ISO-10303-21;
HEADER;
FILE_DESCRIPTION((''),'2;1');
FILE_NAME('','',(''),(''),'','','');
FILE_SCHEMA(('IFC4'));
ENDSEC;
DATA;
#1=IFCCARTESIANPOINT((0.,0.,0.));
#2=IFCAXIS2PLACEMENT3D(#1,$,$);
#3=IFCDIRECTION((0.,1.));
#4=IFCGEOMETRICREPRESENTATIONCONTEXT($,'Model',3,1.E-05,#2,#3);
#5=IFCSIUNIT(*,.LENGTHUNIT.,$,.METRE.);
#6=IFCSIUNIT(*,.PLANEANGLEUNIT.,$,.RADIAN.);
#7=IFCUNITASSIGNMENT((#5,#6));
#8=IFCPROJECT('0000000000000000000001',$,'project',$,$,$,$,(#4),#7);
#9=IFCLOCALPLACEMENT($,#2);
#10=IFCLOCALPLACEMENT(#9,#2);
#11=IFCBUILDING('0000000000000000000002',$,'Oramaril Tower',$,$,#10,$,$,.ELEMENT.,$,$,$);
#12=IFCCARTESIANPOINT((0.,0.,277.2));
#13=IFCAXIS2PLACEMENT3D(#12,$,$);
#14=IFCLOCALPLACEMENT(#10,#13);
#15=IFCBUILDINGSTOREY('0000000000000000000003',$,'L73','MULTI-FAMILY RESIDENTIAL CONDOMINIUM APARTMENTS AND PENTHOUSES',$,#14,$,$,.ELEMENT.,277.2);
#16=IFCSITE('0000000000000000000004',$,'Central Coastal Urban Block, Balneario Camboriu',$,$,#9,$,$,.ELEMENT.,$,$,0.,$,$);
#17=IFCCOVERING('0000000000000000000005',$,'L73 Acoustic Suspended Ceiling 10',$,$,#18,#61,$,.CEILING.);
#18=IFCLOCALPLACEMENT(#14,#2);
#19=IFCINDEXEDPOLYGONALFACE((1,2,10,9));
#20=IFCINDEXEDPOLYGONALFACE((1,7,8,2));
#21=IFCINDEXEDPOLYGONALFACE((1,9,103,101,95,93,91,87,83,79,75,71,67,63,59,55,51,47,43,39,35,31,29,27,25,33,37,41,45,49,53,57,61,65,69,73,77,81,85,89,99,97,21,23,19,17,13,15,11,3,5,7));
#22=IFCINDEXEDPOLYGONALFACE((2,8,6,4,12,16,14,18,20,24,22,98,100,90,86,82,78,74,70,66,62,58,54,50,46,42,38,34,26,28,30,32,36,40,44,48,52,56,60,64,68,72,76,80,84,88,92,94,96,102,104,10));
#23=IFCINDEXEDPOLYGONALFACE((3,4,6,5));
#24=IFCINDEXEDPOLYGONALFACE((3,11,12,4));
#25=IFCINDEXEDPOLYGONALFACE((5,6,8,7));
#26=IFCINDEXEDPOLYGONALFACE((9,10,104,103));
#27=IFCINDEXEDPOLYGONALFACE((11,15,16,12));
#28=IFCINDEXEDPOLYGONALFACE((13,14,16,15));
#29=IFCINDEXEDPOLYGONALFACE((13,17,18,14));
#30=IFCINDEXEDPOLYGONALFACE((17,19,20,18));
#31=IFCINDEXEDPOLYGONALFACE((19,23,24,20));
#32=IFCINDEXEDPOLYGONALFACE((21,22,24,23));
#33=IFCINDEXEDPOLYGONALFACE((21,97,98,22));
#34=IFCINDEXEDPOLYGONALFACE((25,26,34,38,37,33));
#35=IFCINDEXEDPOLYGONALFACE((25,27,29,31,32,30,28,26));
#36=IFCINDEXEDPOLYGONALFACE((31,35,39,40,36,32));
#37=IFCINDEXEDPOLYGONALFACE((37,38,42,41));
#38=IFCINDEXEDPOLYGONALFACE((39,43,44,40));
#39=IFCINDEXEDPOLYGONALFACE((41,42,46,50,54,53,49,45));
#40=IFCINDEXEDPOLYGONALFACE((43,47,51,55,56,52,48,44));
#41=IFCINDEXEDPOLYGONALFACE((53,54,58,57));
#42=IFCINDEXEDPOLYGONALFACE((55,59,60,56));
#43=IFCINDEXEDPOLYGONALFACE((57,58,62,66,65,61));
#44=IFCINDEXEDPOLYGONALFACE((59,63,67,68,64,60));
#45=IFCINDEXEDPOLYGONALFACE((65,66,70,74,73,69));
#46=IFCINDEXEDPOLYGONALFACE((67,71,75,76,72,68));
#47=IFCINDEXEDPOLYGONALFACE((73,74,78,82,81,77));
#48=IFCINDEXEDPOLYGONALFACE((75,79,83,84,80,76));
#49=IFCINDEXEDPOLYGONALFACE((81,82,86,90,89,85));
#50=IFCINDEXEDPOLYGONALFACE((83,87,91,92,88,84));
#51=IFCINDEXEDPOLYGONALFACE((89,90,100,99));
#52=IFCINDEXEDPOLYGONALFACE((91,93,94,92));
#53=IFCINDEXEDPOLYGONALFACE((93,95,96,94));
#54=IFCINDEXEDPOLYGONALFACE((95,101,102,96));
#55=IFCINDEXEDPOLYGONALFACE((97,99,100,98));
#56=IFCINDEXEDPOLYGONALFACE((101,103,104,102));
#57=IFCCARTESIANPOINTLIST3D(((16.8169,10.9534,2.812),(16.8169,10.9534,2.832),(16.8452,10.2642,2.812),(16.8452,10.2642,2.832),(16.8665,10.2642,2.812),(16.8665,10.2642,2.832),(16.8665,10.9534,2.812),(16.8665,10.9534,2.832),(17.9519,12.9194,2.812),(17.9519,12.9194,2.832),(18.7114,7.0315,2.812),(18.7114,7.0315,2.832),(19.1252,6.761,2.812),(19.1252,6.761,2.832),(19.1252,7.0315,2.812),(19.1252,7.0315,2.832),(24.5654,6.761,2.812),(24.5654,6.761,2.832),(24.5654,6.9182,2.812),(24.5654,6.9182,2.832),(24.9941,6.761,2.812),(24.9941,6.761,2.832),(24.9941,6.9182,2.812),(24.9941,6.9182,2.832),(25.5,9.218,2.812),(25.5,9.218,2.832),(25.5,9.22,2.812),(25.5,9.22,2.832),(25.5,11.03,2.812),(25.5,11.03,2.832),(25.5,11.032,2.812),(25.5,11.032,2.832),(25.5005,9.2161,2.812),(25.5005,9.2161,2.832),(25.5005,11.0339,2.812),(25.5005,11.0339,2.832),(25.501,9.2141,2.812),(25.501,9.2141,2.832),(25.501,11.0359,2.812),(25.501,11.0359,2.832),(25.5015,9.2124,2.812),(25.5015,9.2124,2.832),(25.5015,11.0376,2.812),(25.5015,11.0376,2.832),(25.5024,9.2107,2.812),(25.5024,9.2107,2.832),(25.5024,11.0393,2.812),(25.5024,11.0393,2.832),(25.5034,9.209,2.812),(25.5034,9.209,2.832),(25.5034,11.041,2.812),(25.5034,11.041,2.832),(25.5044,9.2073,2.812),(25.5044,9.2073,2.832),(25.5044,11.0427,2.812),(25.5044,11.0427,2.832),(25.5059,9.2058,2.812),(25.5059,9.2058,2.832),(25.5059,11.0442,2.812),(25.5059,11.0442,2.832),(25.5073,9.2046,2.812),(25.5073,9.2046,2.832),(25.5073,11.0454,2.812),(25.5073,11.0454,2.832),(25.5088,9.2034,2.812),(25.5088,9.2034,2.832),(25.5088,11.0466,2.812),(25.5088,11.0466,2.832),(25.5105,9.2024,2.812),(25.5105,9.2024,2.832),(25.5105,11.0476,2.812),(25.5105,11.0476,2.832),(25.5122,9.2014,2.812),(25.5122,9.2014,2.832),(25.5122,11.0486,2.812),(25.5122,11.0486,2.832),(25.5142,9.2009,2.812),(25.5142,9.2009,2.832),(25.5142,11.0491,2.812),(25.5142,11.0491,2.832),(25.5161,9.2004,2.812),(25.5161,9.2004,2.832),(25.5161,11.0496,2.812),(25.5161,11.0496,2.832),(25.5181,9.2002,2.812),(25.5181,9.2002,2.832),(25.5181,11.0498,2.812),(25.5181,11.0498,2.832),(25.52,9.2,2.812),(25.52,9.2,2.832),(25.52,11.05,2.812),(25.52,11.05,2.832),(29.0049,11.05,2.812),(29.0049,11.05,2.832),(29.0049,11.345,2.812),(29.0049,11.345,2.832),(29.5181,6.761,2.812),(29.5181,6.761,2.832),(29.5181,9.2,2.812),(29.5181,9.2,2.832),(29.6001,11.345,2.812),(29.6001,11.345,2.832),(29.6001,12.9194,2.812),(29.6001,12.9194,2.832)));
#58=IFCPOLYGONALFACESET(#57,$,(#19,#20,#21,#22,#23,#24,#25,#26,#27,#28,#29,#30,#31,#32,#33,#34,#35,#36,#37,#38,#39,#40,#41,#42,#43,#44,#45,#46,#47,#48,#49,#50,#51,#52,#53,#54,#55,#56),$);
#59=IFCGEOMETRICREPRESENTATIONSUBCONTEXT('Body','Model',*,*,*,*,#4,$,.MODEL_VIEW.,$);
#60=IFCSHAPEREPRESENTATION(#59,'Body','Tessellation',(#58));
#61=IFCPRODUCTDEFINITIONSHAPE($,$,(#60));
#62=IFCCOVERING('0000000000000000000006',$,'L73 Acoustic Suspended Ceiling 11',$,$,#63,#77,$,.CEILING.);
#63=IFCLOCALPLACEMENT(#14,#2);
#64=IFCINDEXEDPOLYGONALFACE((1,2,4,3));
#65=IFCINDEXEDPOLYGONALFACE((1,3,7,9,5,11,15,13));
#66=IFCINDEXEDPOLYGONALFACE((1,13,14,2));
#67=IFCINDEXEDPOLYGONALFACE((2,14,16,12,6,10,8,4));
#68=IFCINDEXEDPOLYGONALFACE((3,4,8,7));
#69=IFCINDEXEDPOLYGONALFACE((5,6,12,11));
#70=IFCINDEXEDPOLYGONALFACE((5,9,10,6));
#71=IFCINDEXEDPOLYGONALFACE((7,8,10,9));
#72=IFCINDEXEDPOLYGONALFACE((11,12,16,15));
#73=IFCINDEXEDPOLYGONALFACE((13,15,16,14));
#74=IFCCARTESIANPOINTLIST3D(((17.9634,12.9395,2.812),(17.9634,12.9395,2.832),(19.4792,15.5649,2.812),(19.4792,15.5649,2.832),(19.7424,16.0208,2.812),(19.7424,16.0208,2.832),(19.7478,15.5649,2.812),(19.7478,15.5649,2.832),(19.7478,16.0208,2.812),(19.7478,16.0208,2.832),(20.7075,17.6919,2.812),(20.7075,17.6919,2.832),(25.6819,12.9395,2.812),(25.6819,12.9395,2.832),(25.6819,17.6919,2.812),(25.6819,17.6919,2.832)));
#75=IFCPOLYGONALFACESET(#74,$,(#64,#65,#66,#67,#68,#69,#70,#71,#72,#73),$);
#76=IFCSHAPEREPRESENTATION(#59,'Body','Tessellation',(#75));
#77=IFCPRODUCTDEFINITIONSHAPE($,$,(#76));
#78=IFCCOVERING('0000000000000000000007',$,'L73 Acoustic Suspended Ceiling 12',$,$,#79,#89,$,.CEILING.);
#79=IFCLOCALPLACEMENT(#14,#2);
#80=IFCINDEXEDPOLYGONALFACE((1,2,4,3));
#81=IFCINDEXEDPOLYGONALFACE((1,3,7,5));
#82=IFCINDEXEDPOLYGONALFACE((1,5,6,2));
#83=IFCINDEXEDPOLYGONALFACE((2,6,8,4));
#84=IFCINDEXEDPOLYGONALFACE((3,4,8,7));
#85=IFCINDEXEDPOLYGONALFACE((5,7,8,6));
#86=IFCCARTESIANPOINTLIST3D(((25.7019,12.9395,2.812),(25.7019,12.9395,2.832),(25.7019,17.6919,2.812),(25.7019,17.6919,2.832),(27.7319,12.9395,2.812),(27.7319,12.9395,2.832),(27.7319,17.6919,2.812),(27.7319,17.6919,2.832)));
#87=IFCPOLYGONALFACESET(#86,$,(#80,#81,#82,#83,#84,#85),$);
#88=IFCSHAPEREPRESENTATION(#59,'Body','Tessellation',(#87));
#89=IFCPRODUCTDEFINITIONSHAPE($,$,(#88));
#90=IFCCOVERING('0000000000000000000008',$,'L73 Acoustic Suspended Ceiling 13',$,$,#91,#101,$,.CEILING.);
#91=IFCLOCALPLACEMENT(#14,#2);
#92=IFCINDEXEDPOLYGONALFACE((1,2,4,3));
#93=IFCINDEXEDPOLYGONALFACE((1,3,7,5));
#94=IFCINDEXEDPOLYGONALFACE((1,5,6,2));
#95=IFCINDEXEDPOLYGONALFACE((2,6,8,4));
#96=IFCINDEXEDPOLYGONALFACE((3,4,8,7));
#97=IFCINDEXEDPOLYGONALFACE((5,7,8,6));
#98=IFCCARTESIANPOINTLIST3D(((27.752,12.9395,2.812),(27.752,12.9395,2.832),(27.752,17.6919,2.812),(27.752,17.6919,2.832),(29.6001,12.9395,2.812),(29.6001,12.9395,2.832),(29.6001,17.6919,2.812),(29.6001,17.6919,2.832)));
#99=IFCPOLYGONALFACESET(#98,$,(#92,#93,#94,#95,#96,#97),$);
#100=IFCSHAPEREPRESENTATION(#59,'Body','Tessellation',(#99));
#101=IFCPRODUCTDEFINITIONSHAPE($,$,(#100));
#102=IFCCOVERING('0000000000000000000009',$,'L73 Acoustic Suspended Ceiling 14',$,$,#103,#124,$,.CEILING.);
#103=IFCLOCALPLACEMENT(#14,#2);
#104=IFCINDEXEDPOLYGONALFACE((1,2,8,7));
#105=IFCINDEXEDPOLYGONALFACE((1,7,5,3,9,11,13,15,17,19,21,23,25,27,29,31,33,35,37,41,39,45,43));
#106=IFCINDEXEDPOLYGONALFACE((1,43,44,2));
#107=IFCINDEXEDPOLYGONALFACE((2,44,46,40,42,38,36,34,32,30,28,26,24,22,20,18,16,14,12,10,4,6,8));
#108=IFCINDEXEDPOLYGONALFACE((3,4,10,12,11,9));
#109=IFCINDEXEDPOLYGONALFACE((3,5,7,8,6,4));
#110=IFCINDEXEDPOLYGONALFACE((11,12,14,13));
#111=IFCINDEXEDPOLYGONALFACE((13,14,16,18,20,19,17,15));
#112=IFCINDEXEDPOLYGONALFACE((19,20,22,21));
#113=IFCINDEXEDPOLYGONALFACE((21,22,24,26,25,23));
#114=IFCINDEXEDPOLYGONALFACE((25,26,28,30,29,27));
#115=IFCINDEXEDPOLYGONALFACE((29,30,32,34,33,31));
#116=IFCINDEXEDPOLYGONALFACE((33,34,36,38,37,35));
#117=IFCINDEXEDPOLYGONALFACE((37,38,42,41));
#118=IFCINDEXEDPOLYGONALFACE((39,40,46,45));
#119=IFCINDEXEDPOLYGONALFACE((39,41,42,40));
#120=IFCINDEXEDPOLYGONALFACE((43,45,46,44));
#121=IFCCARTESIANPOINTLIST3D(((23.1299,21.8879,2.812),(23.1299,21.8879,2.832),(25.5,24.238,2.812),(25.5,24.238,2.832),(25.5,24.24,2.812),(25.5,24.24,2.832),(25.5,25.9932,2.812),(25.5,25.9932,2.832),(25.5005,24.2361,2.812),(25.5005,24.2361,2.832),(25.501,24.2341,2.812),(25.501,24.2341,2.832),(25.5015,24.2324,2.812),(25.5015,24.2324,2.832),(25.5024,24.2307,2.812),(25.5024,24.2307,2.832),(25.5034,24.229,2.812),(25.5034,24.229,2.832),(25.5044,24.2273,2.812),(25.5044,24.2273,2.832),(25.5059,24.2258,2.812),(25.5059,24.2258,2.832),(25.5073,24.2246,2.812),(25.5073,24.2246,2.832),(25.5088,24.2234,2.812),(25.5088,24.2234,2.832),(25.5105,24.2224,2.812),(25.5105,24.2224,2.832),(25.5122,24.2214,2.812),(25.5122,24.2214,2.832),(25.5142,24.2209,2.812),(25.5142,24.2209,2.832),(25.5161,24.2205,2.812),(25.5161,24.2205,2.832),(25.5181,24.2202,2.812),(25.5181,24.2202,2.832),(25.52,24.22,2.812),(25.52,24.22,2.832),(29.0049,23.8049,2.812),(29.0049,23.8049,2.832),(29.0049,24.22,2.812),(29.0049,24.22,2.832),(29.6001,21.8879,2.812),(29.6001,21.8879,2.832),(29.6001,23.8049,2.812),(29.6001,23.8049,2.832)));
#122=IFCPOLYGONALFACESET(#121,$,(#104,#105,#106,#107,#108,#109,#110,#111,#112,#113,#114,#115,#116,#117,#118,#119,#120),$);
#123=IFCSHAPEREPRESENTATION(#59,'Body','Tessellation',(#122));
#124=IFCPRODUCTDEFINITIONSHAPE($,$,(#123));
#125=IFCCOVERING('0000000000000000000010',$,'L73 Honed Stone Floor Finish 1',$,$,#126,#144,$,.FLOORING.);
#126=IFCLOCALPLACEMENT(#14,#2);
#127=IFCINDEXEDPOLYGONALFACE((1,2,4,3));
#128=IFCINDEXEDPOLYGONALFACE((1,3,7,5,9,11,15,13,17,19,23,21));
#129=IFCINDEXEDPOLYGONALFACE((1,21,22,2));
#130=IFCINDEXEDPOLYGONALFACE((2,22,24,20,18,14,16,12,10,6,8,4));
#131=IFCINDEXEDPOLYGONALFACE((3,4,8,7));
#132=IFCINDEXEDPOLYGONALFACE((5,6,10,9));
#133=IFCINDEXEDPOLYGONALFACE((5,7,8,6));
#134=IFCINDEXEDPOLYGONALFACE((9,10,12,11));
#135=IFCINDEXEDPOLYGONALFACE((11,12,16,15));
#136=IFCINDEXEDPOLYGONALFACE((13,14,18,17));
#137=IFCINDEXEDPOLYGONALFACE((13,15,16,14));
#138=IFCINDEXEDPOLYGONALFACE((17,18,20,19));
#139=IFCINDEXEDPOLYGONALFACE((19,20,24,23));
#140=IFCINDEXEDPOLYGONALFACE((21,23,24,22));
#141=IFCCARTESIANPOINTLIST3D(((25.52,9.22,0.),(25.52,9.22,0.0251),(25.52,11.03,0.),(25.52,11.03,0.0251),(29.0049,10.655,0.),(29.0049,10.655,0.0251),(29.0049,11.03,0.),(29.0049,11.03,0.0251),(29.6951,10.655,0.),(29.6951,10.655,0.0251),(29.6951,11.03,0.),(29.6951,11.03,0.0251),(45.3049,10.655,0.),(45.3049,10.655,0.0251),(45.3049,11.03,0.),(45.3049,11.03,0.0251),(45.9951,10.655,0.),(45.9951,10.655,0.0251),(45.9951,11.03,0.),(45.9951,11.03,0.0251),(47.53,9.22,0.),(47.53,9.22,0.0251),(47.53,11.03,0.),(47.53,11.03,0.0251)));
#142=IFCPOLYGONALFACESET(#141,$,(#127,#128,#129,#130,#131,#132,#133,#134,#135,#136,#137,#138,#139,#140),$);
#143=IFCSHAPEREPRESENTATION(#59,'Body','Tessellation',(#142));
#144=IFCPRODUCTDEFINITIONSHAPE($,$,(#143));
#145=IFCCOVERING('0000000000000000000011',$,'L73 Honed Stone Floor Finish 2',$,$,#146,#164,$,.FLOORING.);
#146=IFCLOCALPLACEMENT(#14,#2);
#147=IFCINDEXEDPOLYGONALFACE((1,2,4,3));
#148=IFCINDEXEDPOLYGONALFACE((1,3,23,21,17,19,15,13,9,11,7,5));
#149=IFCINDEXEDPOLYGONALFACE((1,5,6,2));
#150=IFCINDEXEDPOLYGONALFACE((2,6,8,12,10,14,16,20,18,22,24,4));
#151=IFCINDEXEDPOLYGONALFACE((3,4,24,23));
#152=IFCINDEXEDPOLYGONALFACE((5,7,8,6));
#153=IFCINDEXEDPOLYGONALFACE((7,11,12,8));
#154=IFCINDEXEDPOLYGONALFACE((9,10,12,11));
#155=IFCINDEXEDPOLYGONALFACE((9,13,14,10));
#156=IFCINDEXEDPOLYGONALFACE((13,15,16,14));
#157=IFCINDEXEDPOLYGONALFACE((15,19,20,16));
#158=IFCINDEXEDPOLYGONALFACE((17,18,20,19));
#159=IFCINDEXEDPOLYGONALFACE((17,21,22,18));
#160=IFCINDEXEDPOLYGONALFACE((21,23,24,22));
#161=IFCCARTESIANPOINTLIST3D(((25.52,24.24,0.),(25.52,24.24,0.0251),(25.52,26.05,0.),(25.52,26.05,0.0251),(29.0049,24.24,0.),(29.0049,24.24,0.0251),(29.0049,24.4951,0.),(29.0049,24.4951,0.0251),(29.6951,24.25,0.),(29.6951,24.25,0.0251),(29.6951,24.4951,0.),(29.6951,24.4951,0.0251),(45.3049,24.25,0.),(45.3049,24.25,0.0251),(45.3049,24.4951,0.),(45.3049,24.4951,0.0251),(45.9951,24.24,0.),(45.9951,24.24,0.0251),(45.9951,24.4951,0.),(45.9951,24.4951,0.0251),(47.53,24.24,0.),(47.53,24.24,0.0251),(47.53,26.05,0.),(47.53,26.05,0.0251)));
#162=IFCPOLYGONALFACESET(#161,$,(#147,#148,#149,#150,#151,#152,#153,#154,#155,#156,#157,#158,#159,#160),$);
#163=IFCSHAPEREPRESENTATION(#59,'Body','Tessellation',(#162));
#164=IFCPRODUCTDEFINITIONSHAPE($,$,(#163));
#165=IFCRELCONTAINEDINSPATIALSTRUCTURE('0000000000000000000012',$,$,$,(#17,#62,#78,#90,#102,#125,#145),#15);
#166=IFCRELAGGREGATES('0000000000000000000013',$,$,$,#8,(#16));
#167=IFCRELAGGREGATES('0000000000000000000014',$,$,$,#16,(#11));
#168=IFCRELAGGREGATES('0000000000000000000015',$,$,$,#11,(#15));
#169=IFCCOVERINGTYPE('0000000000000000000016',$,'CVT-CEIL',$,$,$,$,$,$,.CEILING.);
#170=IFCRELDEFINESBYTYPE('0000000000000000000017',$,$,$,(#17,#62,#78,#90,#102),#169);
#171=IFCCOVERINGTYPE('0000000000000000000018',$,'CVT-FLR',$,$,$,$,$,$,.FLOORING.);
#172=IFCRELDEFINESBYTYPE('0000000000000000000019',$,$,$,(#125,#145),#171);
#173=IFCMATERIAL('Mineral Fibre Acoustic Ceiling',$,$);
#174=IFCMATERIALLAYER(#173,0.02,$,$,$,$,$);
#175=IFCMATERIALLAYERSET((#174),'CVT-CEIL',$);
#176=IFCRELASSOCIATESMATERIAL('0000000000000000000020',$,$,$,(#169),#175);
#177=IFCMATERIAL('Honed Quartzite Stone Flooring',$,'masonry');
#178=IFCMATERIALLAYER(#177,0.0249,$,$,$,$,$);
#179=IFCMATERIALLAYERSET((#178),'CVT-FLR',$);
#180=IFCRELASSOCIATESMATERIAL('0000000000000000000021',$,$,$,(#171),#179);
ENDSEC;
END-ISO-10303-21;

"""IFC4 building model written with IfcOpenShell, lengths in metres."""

from ifc_helpers import new_model, si_unit, direction, frame, origin, place, context, subcontext, project, spatial, polyline, outline, extrude, material, layer, layer_set, type_object, element, save


model = new_model("IFC4")

# Units and contexts
model_context = context("Model", 3, precision=1e-05, world=origin(), true_north=direction((0.0, 1.0)))
body_context = subcontext(model_context, "Body", "Model", "MODEL_VIEW")
ifc_project = project(units=[si_unit("LENGTHUNIT", "METRE"), si_unit("PLANEANGLEUNIT", "RADIAN")], contexts=[model_context])

# Site, building, storey
site_placement = place(None, origin())
site = spatial("IfcSite", under=ifc_project, at=site_placement, Name="Central Coastal Urban Block, Balneario Camboriu", CompositionType="ELEMENT", RefElevation=0.0)
building_placement = place(site_placement, origin())
building = spatial("IfcBuilding", under=site, at=building_placement, Name="Oramaril Tower", CompositionType="ELEMENT")
storey_placement = place(building_placement, frame((0.0, 0.0, 277.2)))
storey = spatial("IfcBuildingStorey", under=building, at=storey_placement, Name="L73", Description="MULTI-FAMILY RESIDENTIAL CONDOMINIUM APARTMENTS AND PENTHOUSES", CompositionType="ELEMENT", Elevation=277.2)

# Coverings
ifc_material_1 = material(Name="Mineral Fibre Acoustic Ceiling")
ifc_layer_1 = layer(ifc_material_1, 0.02)
ifc_layer_set_1 = layer_set([ifc_layer_1], Name="CVT-CEIL")
covering_type_1 = type_object("IfcCoveringType", Name="CVT-CEIL", PredefinedType="CEILING", material=ifc_layer_set_1)
covering_1_placement = place(storey_placement, frame((0.0, 0.0, 2.812)))
element("IfcCovering", 1, at=covering_1_placement, inside=storey, type_object=covering_type_1, Name="L73 Acoustic Suspended Ceiling 10", PredefinedType="CEILING", context=body_context, shape_type="SweptSolid", body=[
    extrude(outline(polyline([(29.6001, 12.9194), (29.6001, 11.345), (29.0049, 11.345), (29.0049, 11.05), (25.52, 11.05), (25.5181, 11.0498), (25.5161, 11.0496), (25.5142, 11.0491), (25.5122, 11.0486), (25.5105, 11.0476), (25.5088, 11.0466), (25.5073, 11.0454), (25.5059, 11.0442), (25.5044, 11.0427), (25.5034, 11.041), (25.5024, 11.0393), (25.5015, 11.0376), (25.501, 11.0359), (25.5005, 11.0339), (25.5, 11.032), (25.5, 11.03), (25.5, 9.22), (25.5, 9.218), (25.5005, 9.2161), (25.501, 9.2141), (25.5015, 9.2124), (25.5024, 9.2107), (25.5034, 9.209), (25.5044, 9.2073), (25.5059, 9.2058), (25.5073, 9.2046), (25.5088, 9.2034), (25.5105, 9.2024), (25.5122, 9.2014), (25.5142, 9.2009), (25.5161, 9.2004), (25.5181, 9.2002), (25.52, 9.2), (29.5181, 9.2), (29.5181, 6.761), (24.9941, 6.761), (24.9941, 6.9182), (24.5654, 6.9182), (24.5654, 6.761), (19.1252, 6.761), (19.1252, 7.0315), (18.7114, 7.0315), (16.8452, 10.2642), (16.8665, 10.2642), (16.8665, 10.9534), (16.8169, 10.9534), (17.9519, 12.9194), (29.6001, 12.9194)])), origin(), (0.0, 0.0, 1.0), 0.02),
])
covering_2_placement = place(storey_placement, frame((0.0, 0.0, 2.812)))
element("IfcCovering", 2, at=covering_2_placement, inside=storey, type_object=covering_type_1, Name="L73 Acoustic Suspended Ceiling 11", PredefinedType="CEILING", context=body_context, shape_type="SweptSolid", body=[
    extrude(outline(polyline([(19.4792, 15.5649), (19.7478, 15.5649), (19.7478, 16.0208), (19.7424, 16.0208), (20.7075, 17.6919), (25.6819, 17.6919), (25.6819, 12.9395), (17.9634, 12.9395), (19.4792, 15.5649)])), origin(), (0.0, 0.0, 1.0), 0.02),
])
covering_3_placement = place(storey_placement, frame((0.0, 0.0, 2.812)))
element("IfcCovering", 3, at=covering_3_placement, inside=storey, type_object=covering_type_1, Name="L73 Acoustic Suspended Ceiling 12", PredefinedType="CEILING", context=body_context, shape_type="SweptSolid", body=[
    extrude(outline(polyline([(27.7319, 17.6919), (27.7319, 12.9395), (25.7019, 12.9395), (25.7019, 17.6919), (27.7319, 17.6919)])), origin(), (0.0, 0.0, 1.0), 0.02),
])
covering_4_placement = place(storey_placement, frame((0.0, 0.0, 2.812)))
element("IfcCovering", 4, at=covering_4_placement, inside=storey, type_object=covering_type_1, Name="L73 Acoustic Suspended Ceiling 13", PredefinedType="CEILING", context=body_context, shape_type="SweptSolid", body=[
    extrude(outline(polyline([(29.6001, 17.6919), (29.6001, 12.9395), (27.752, 12.9395), (27.752, 17.6919), (29.6001, 17.6919)])), origin(), (0.0, 0.0, 1.0), 0.02),
])
covering_5_placement = place(storey_placement, frame((0.0, 0.0, 2.812)))
element("IfcCovering", 5, at=covering_5_placement, inside=storey, type_object=covering_type_1, Name="L73 Acoustic Suspended Ceiling 14", PredefinedType="CEILING", context=body_context, shape_type="SweptSolid", body=[
    extrude(outline(polyline([(29.0049, 23.8049), (29.6001, 23.8049), (29.6001, 21.8879), (23.1299, 21.8879), (25.5, 25.9932), (25.5, 24.24), (25.5, 24.238), (25.5005, 24.2361), (25.501, 24.2341), (25.5015, 24.2324), (25.5024, 24.2307), (25.5034, 24.229), (25.5044, 24.2273), (25.5059, 24.2258), (25.5073, 24.2246), (25.5088, 24.2234), (25.5105, 24.2224), (25.5122, 24.2214), (25.5142, 24.2209), (25.5161, 24.2205), (25.5181, 24.2202), (25.52, 24.22), (29.0049, 24.22), (29.0049, 23.8049)])), origin(), (0.0, 0.0, 1.0), 0.02),
])
ifc_material_2 = material(Name="Honed Quartzite Stone Flooring", Category="masonry")
ifc_layer_2 = layer(ifc_material_2, 0.0249)
ifc_layer_set_2 = layer_set([ifc_layer_2], Name="CVT-FLR")
covering_type_2 = type_object("IfcCoveringType", Name="CVT-FLR", PredefinedType="FLOORING", material=ifc_layer_set_2)
covering_6_placement = place(storey_placement, origin())
element("IfcCovering", 6, at=covering_6_placement, inside=storey, type_object=covering_type_2, Name="L73 Honed Stone Floor Finish 1", PredefinedType="FLOORING", context=body_context, shape_type="SweptSolid", body=[
    extrude(outline(polyline([(29.0049, 10.655), (29.6951, 10.655), (29.6951, 11.03), (45.3049, 11.03), (45.3049, 10.655), (45.9951, 10.655), (45.9951, 11.03), (47.53, 11.03), (47.53, 9.22), (25.52, 9.22), (25.52, 11.03), (29.0049, 11.03), (29.0049, 10.655)])), origin(), (0.0, 0.0, 1.0), 0.0251),
])
covering_7_placement = place(storey_placement, origin())
element("IfcCovering", 7, at=covering_7_placement, inside=storey, type_object=covering_type_2, Name="L73 Honed Stone Floor Finish 2", PredefinedType="FLOORING", context=body_context, shape_type="SweptSolid", body=[
    extrude(outline(polyline([(47.53, 24.24), (45.9951, 24.24), (45.9951, 24.4951), (45.3049, 24.4951), (45.3049, 24.25), (29.6951, 24.25), (29.6951, 24.4951), (29.0049, 24.4951), (29.0049, 24.24), (25.52, 24.24), (25.52, 26.05), (47.53, 26.05), (47.53, 24.24)])), origin(), (0.0, 0.0, 1.0), 0.0251),
])

save(model, "model.ifc")
